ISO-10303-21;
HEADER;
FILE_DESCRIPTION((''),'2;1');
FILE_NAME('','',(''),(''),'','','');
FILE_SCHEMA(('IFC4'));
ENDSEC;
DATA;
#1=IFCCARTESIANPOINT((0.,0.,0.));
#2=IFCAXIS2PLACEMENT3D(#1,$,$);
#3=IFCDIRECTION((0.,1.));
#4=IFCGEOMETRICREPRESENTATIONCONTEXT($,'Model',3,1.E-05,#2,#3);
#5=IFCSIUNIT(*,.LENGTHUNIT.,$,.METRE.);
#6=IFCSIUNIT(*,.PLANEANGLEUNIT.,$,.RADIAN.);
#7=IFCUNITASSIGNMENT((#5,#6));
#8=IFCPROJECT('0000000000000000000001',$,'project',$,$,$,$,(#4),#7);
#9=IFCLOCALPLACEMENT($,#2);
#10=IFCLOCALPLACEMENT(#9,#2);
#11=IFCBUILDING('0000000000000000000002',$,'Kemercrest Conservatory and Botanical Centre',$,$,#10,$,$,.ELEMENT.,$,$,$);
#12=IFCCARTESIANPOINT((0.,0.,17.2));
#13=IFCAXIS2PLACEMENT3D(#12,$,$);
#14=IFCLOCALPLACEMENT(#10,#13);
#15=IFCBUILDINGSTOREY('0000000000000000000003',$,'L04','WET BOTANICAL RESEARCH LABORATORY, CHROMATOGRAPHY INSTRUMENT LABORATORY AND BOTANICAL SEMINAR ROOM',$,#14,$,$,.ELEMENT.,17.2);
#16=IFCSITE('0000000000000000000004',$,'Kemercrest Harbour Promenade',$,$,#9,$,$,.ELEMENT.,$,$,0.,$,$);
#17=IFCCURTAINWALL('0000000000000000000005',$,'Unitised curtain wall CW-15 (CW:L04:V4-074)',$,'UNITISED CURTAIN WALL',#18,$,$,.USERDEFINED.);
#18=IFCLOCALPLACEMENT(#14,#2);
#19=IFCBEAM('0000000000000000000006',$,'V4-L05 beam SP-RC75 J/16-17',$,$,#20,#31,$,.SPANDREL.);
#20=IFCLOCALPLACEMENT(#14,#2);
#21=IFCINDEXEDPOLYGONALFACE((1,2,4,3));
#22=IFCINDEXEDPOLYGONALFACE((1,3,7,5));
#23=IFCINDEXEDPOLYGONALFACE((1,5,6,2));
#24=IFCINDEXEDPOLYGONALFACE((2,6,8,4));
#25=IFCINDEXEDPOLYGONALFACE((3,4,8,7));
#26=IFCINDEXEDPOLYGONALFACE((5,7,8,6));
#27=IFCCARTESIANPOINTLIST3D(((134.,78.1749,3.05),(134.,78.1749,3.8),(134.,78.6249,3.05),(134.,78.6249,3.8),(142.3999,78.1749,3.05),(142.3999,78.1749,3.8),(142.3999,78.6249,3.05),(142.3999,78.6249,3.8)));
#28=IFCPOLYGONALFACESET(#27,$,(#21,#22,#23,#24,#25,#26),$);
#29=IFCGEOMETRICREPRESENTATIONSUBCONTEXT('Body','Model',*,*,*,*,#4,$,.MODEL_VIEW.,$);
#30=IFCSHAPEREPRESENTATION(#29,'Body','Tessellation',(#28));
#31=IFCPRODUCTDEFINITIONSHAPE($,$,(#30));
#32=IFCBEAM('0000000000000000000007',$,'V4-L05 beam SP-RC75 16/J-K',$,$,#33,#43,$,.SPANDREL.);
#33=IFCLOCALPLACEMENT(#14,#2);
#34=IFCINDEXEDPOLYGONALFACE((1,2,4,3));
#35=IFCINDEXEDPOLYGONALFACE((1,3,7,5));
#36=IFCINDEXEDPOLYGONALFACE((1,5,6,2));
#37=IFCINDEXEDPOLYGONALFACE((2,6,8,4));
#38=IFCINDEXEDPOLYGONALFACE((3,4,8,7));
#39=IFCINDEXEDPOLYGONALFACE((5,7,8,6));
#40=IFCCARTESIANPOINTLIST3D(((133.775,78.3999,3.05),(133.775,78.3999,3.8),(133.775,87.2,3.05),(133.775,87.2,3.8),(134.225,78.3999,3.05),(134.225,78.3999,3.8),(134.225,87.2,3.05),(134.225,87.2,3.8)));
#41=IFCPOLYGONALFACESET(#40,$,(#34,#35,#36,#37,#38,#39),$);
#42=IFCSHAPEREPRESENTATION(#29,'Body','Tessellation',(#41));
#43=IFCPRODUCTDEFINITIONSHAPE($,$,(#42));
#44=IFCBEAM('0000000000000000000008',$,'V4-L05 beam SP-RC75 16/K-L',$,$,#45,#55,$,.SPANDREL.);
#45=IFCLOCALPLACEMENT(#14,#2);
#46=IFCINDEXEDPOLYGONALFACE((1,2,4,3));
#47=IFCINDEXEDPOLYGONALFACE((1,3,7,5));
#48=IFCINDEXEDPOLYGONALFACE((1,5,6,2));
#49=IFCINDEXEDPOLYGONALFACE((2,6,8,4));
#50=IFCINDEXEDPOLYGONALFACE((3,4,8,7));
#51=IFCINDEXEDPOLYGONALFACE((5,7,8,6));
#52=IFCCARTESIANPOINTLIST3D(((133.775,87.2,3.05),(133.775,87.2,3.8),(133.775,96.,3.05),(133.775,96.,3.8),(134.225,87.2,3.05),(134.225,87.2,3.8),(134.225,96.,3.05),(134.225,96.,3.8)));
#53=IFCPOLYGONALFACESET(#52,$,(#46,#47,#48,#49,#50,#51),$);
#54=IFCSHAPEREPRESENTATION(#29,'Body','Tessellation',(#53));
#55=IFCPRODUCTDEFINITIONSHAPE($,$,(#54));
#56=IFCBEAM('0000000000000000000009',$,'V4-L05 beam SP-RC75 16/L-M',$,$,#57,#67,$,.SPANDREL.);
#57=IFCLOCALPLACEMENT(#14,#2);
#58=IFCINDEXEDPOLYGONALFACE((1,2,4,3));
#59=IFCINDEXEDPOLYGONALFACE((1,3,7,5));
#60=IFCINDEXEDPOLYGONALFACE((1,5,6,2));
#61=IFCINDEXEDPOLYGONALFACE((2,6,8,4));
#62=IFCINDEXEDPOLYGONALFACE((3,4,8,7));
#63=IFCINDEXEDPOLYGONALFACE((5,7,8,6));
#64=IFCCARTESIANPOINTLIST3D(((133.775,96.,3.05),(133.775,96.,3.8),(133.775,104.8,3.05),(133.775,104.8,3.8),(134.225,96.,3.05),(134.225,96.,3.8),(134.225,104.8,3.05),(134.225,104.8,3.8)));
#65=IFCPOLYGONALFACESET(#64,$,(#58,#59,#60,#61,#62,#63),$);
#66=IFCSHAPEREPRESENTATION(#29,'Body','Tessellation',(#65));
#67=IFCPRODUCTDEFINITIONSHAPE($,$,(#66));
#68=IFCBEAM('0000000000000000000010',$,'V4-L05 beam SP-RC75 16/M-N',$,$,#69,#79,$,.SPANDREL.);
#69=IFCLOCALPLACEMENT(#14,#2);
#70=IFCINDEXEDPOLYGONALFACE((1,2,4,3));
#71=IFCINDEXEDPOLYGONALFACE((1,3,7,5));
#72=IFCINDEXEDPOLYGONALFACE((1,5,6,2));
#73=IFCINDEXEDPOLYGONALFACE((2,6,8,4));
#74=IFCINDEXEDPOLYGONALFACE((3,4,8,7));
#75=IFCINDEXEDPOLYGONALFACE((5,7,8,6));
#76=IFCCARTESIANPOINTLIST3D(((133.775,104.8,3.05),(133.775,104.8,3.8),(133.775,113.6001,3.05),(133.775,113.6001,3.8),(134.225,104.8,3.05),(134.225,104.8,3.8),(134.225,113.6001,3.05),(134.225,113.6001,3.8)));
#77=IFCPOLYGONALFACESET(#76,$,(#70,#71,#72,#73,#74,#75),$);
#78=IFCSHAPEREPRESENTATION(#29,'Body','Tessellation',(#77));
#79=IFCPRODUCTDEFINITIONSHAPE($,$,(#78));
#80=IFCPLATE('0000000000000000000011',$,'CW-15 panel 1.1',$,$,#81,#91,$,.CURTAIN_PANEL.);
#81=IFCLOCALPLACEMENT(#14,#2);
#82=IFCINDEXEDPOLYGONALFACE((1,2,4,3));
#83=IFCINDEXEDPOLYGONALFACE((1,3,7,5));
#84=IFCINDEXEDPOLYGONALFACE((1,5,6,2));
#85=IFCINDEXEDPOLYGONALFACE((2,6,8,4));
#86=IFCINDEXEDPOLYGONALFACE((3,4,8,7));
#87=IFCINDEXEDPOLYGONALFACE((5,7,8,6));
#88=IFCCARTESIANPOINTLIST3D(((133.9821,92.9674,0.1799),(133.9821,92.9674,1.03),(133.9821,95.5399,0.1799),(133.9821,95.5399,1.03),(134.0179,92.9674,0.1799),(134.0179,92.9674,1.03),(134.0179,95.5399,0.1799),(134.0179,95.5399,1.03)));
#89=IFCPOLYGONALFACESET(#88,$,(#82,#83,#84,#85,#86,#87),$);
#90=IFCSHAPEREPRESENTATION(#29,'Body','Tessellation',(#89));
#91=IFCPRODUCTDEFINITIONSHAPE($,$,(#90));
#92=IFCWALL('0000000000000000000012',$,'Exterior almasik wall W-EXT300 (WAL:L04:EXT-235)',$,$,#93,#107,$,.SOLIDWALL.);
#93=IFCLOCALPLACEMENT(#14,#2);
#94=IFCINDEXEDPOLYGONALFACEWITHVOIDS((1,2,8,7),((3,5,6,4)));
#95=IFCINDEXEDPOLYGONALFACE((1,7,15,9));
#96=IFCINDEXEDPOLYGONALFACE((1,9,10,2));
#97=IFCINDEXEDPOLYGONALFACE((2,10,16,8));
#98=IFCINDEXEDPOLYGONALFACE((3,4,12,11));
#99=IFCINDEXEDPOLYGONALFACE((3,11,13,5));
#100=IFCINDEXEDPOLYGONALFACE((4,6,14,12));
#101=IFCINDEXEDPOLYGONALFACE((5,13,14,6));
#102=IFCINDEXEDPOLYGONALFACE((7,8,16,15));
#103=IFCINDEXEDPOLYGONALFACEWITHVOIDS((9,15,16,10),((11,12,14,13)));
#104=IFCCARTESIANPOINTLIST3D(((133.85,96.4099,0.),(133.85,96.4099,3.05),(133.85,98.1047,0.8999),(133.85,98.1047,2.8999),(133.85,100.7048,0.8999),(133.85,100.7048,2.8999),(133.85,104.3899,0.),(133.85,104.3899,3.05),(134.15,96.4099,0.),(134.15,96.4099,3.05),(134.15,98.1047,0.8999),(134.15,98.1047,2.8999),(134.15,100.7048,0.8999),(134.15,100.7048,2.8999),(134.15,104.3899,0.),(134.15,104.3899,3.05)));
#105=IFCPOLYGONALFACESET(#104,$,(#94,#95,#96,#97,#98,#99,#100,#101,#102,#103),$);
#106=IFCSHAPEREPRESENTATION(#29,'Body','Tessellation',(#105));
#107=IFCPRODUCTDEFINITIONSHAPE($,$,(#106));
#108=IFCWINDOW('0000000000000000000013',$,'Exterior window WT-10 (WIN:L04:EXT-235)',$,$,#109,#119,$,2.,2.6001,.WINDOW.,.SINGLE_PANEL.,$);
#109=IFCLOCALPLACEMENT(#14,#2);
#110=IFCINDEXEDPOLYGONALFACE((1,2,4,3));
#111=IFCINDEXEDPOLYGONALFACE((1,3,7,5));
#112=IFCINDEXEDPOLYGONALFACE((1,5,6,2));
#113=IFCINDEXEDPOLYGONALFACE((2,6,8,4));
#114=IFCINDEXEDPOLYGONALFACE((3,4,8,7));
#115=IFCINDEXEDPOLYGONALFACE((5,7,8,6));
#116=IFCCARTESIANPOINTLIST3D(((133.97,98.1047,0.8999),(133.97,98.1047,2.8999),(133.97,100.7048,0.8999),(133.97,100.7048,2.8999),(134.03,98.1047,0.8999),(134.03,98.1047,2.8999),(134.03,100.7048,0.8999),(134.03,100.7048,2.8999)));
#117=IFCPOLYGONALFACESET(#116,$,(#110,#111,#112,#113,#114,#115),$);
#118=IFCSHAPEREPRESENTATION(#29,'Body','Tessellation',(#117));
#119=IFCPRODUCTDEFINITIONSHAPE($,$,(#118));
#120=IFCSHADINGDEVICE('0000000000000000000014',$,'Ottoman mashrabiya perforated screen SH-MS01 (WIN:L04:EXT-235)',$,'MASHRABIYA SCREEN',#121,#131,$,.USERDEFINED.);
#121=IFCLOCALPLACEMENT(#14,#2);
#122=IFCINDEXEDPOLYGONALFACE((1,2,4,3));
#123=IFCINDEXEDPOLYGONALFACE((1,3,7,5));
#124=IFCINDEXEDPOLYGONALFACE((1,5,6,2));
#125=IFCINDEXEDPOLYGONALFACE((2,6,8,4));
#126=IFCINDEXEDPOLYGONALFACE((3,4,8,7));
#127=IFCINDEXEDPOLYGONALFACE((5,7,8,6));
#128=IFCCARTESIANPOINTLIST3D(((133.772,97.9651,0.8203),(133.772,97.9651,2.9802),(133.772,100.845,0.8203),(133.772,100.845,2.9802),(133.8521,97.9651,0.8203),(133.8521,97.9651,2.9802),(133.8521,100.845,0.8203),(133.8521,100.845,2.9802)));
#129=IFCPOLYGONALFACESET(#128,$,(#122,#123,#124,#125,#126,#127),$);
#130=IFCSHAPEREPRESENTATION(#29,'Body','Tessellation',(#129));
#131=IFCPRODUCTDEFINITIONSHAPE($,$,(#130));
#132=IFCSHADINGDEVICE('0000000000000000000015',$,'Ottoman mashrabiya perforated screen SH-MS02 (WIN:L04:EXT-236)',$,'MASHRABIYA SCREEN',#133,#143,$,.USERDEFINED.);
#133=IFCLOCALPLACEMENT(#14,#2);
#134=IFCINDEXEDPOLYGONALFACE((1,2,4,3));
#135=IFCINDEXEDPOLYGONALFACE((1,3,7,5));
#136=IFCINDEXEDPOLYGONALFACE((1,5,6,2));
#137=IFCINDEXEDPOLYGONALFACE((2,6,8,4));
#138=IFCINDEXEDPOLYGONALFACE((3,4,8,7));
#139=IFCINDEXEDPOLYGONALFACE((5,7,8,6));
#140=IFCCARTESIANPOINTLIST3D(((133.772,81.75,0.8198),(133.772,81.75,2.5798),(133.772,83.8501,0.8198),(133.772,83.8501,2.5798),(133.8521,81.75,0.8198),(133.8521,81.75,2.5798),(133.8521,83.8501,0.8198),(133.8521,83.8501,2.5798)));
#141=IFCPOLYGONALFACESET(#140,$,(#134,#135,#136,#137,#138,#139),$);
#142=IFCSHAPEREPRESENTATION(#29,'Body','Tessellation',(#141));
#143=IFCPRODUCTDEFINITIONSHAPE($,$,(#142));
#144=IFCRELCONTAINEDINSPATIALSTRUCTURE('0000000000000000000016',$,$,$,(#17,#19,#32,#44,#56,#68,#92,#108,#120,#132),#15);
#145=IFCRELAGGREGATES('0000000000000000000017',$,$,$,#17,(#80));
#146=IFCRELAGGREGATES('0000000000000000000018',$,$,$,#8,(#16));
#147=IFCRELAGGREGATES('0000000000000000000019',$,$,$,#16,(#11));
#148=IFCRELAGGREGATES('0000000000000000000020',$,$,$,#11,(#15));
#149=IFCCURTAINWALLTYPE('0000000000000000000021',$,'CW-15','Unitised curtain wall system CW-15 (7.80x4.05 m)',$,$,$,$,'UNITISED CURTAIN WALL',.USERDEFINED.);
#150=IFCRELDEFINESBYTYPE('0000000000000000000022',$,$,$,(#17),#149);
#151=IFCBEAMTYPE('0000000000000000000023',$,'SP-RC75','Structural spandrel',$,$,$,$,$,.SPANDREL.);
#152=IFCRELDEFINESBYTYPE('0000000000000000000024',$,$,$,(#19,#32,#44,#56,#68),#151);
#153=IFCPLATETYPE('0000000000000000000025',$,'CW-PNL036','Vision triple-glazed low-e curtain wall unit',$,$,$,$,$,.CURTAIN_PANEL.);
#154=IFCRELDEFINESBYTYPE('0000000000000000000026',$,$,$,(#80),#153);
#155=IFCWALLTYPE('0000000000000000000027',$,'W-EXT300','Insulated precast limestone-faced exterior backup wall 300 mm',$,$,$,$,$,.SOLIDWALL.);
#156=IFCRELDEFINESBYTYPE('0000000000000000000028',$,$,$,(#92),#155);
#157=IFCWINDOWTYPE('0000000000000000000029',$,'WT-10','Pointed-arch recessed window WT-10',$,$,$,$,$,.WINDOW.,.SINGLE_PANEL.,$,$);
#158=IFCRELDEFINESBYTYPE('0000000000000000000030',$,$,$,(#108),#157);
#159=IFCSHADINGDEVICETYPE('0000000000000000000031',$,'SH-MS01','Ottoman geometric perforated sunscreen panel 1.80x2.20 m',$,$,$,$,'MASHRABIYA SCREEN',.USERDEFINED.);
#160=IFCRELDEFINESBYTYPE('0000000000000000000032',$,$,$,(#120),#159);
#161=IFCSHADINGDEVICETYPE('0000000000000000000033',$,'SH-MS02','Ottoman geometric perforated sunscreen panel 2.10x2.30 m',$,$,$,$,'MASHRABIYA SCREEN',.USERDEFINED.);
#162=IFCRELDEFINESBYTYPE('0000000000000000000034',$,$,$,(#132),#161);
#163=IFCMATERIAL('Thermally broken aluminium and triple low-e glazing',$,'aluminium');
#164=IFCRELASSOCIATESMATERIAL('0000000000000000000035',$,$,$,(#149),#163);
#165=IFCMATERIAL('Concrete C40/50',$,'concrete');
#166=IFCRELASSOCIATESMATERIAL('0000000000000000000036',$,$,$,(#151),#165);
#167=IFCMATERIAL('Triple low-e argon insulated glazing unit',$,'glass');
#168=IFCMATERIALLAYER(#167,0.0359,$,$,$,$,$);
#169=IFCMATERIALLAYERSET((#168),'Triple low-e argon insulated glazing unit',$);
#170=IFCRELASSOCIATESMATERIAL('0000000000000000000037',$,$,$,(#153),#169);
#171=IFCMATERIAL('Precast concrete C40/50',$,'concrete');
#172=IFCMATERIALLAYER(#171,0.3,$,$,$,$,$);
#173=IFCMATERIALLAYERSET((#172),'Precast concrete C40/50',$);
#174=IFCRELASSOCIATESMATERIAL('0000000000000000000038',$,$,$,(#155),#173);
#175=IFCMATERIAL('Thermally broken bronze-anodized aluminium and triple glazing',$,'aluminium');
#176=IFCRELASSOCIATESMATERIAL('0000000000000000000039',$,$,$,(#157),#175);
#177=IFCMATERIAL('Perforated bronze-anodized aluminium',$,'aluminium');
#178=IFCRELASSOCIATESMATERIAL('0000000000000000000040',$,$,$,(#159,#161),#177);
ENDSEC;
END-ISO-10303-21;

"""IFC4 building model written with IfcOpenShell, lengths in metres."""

from ifc_helpers import new_model, si_unit, direction, frame, frame_2d, origin, origin_2d, place, context, subcontext, project, spatial, rectangle, extrude, material, layer, layer_set, material_profile, profile_set, type_object, element, fill, aggregate, save


model = new_model("IFC4")

# Units and contexts
model_context = context("Model", 3, precision=1e-05, world=origin(), true_north=direction((0.0, 1.0)))
body_context = subcontext(model_context, "Body", "Model", "MODEL_VIEW")
ifc_project = project(units=[si_unit("LENGTHUNIT", "METRE"), si_unit("PLANEANGLEUNIT", "RADIAN")], contexts=[model_context])

# Site, building, storey
site_placement = place(None, origin())
site = spatial("IfcSite", under=ifc_project, at=site_placement, Name="Kemercrest Harbour Promenade", CompositionType="ELEMENT", RefElevation=0.0)
building_placement = place(site_placement, origin())
building = spatial("IfcBuilding", under=site, at=building_placement, Name="Kemercrest Conservatory and Botanical Centre", CompositionType="ELEMENT")
storey_placement = place(building_placement, frame((0.0, 0.0, 17.2)))
storey = spatial("IfcBuildingStorey", under=building, at=storey_placement, Name="L04", Description="WET BOTANICAL RESEARCH LABORATORY, CHROMATOGRAPHY INSTRUMENT LABORATORY AND BOTANICAL SEMINAR ROOM", CompositionType="ELEMENT", Elevation=17.2)

# Shared definitions
ifc_material_1 = material(Name="Concrete C40/50", Category="concrete")

# Shared definitions
ifc_material_2 = material(Name="Thermally broken aluminium and triple low-e glazing", Category="aluminium")

# Curtain wall
curtain_wall_type_1 = type_object("IfcCurtainWallType", Name="CW-15", Description="Unitised curtain wall system CW-15 (7.80x4.05 m)", ElementType="UNITISED CURTAIN WALL", PredefinedType="USERDEFINED", material=ifc_material_2)
curtain_wall_1_placement = place(storey_placement, origin())
curtain_wall_1 = element("IfcCurtainWall", 1, at=curtain_wall_1_placement, inside=storey, type_object=curtain_wall_type_1, Name="Unitised curtain wall CW-15 (CW:L04:V4-074)", ObjectType="UNITISED CURTAIN WALL", PredefinedType="USERDEFINED")

# Beams
ifc_material_profile_1 = material_profile(ifc_material_1, rectangle(XDim=0.45, YDim=0.75, at=origin_2d()), Name="RC 450x750")
ifc_profile_set_1 = profile_set([ifc_material_profile_1], Name="Concrete C40/50")
beam_type_1 = type_object("IfcBeamType", Name="SP-RC75", Description="Structural spandrel", PredefinedType="SPANDREL", material=ifc_profile_set_1)
beam_placement = place(storey_placement, frame((134.0, 78.3999, 3.425), z_axis=(1.0, 0.0, 0.0), x_axis=(0.0, 1.0, 0.0)))
element("IfcBeam", 2, at=beam_placement, inside=storey, type_object=beam_type_1, Name="V4-L05 beam SP-RC75 J/16-17", PredefinedType="SPANDREL", context=body_context, shape_type="SweptSolid", body=[
    extrude(rectangle(XDim=0.45, YDim=0.75, at=origin_2d()), origin(), (0.0, 0.0, 1.0), 8.3999),
])
for number, where, z_axis, x_axis, name in (
    (3, (134.0, 78.3999, 3.425), (0.0, 1.0, 0.0), (-1.0, 0.0, 0.0), "V4-L05 beam SP-RC75 16/J-K"),
    (4, (134.0, 87.2, 3.425), (0.0, 1.0, 0.0), (-1.0, 0.0, 0.0), "V4-L05 beam SP-RC75 16/K-L"),
    (5, (134.0, 96.0, 3.425), (0.0, 1.0, 0.0), (-1.0, 0.0, 0.0), "V4-L05 beam SP-RC75 16/L-M"),
    (6, (134.0, 104.8, 3.425), (0.0, 1.0, 0.0), (-1.0, 0.0, 0.0), "V4-L05 beam SP-RC75 16/M-N"),
):
    element("IfcBeam", number, at=place(storey_placement, frame(where, z_axis=z_axis, x_axis=x_axis)), inside=storey, type_object=beam_type_1, Name=name, PredefinedType="SPANDREL", context=body_context, shape_type="SweptSolid", body=[
        extrude(rectangle(XDim=0.45, YDim=0.75, at=origin_2d()), origin(), (0.0, 0.0, 1.0), 8.8),
    ])

# Plate
ifc_material_3 = material(Name="Triple low-e argon insulated glazing unit", Category="glass")
ifc_layer_1 = layer(ifc_material_3, 0.0359)
ifc_layer_set_1 = layer_set([ifc_layer_1], Name="Triple low-e argon insulated glazing unit")
plate_type = type_object("IfcPlateType", Name="CW-PNL036", Description="Vision triple-glazed low-e curtain wall unit", PredefinedType="CURTAIN_PANEL", material=ifc_layer_set_1)
plate_placement = place(storey_placement, frame((134.0, 94.2537, 0.1799), z_axis=(0.0, 0.0, 1.0), x_axis=(0.0, -1.0, 0.0)))
plate = element("IfcPlate", 7, at=plate_placement, type_object=plate_type, Name="CW-15 panel 1.1", PredefinedType="CURTAIN_PANEL", context=body_context, shape_type="SweptSolid", body=[
    extrude(rectangle(XDim=2.5725, YDim=0.0359, at=origin_2d()), origin(), (0.0, 0.0, 1.0), 0.8501),
])
aggregate(curtain_wall_1, [plate])

# Wall, opening, window
ifc_material_4 = material(Name="Precast concrete C40/50", Category="concrete")
ifc_layer_2 = layer(ifc_material_4, 0.3)
ifc_layer_set_2 = layer_set([ifc_layer_2], Name="Precast concrete C40/50")
wall_type = type_object("IfcWallType", Name="W-EXT300", Description="Insulated precast limestone-faced exterior backup wall 300 mm", PredefinedType="SOLIDWALL", material=ifc_layer_set_2)
wall_placement = place(storey_placement, frame((134.0, 104.3899, 0.0), z_axis=(0.0, 0.0, 1.0), x_axis=(0.0, -1.0, 0.0)))
wall = element("IfcWall", 8, at=wall_placement, inside=storey, type_object=wall_type, Name="Exterior almasik wall W-EXT300 (WAL:L04:EXT-235)", PredefinedType="SOLIDWALL", context=body_context, shape_type="SweptSolid", body=[
    extrude(rectangle(XDim=7.98, YDim=0.3, at=frame_2d((3.99, 0.0))), origin(), (0.0, 0.0, 1.0), 3.05),
])
opening_placement = place(wall_placement, frame((3.6851, 0.0, 0.8999)))
opening = element("IfcOpeningElement", 9, at=opening_placement, cuts=wall, PredefinedType="OPENING", context=body_context, shape_type="SweptSolid", body=[
    extrude(rectangle(XDim=2.6001, YDim=2.0, at=frame_2d((1.3, 1.0))), frame((0.0, 0.1602, 0.0), z_axis=(0.0, -1.0, 0.0), x_axis=(1.0, 0.0, 0.0)), (0.0, 0.0, 1.0), 0.3201),
])
ifc_material_5 = material(Name="Thermally broken bronze-anodized aluminium and triple glazing", Category="aluminium")
window_type = type_object("IfcWindowType", Name="WT-10", Description="Pointed-arch recessed window WT-10", PartitioningType="SINGLE_PANEL", PredefinedType="WINDOW", material=ifc_material_5)
window_placement = place(opening_placement, origin())
window = element("IfcWindow", 10, at=window_placement, inside=storey, type_object=window_type, Name="Exterior window WT-10 (WIN:L04:EXT-235)", OverallHeight=2.0, OverallWidth=2.6001, PartitioningType="SINGLE_PANEL", PredefinedType="WINDOW", context=body_context, shape_type="SweptSolid", body=[
    extrude(rectangle(XDim=2.6001, YDim=2.0, at=frame_2d((1.3, 1.0))), frame((0.0, 0.03, 0.0), z_axis=(0.0, -1.0, 0.0), x_axis=(1.0, 0.0, 0.0)), (0.0, 0.0, 1.0), 0.0601),
])
fill(opening, window)

# Shading devices
ifc_material_6 = material(Name="Perforated bronze-anodized aluminium", Category="aluminium")
shading_device_type_1 = type_object("IfcShadingDeviceType", Name="SH-MS01", Description="Ottoman geometric perforated sunscreen panel 1.80x2.20 m", ElementType="MASHRABIYA SCREEN", PredefinedType="USERDEFINED", material=ifc_material_6)
shading_device_1_placement = place(storey_placement, frame((133.812, 99.405, 0.8203), z_axis=(0.0, 0.0, 1.0), x_axis=(0.0, -1.0, 0.0)))
element("IfcShadingDevice", 11, at=shading_device_1_placement, inside=storey, type_object=shading_device_type_1, Name="Ottoman mashrabiya perforated screen SH-MS01 (WIN:L04:EXT-235)", ObjectType="MASHRABIYA SCREEN", PredefinedType="USERDEFINED", context=body_context, shape_type="SweptSolid", body=[
    extrude(rectangle(XDim=2.8799, YDim=0.0801, at=origin_2d()), origin(), (0.0, 0.0, 1.0), 2.1599),
])
shading_device_type_2 = type_object("IfcShadingDeviceType", Name="SH-MS02", Description="Ottoman geometric perforated sunscreen panel 2.10x2.30 m", ElementType="MASHRABIYA SCREEN", PredefinedType="USERDEFINED", material=ifc_material_6)
shading_device_2_placement = place(storey_placement, frame((133.812, 82.8, 0.8198), z_axis=(0.0, 0.0, 1.0), x_axis=(0.0, -1.0, 0.0)))
element("IfcShadingDevice", 12, at=shading_device_2_placement, inside=storey, type_object=shading_device_type_2, Name="Ottoman mashrabiya perforated screen SH-MS02 (WIN:L04:EXT-236)", ObjectType="MASHRABIYA SCREEN", PredefinedType="USERDEFINED", context=body_context, shape_type="SweptSolid", body=[
    extrude(rectangle(XDim=2.1001, YDim=0.0801, at=origin_2d()), origin(), (0.0, 0.0, 1.0), 1.76),
])

save(model, "model.ifc")
